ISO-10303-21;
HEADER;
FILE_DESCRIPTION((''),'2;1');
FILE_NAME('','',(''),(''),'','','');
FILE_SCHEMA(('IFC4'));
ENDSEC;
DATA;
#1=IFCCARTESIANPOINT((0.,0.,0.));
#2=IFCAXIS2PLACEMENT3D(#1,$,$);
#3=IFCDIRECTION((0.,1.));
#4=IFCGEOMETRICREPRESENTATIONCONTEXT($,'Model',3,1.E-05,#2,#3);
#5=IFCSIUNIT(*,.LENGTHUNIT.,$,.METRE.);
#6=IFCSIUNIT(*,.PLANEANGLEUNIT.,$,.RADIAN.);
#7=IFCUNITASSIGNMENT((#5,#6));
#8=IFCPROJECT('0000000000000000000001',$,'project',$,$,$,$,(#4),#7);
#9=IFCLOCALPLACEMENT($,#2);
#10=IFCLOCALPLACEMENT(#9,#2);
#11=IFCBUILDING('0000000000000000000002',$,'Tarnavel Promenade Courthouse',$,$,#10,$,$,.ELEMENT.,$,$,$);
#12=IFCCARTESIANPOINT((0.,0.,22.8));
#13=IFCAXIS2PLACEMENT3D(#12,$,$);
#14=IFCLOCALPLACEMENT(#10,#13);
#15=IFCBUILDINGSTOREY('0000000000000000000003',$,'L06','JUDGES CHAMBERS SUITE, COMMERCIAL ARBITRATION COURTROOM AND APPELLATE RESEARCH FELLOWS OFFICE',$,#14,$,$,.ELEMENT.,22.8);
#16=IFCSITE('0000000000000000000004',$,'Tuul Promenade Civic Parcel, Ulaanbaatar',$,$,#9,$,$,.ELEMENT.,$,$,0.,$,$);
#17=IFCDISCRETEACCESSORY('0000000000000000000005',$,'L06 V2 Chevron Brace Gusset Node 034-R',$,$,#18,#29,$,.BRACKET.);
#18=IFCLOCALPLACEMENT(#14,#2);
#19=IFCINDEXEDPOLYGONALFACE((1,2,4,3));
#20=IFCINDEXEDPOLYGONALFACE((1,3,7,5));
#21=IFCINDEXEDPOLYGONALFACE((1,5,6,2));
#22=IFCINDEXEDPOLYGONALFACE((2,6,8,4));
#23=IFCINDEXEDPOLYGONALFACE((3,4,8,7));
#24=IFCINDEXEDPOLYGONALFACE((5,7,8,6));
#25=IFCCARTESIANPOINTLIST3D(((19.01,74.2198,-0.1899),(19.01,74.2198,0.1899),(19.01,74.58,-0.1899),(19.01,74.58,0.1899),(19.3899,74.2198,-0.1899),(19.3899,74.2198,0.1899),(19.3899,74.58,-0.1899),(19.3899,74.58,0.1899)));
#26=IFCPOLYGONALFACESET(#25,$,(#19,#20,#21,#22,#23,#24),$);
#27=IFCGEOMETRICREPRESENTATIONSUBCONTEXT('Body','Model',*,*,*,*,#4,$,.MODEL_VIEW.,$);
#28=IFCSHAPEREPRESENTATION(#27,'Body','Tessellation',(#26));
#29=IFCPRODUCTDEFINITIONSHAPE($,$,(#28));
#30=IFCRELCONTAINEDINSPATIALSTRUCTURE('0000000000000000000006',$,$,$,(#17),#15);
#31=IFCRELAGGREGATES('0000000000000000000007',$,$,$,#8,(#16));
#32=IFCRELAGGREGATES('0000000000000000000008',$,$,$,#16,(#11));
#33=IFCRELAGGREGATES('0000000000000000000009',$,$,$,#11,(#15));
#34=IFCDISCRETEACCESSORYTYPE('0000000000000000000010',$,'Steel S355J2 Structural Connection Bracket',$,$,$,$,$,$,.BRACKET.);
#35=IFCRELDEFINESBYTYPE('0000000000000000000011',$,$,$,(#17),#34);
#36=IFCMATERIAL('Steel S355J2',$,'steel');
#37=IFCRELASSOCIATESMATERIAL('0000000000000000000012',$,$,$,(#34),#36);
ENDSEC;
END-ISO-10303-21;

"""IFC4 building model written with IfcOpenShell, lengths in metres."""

from ifc_helpers import new_model, si_unit, direction, frame, origin, origin_2d, place, context, subcontext, project, spatial, rectangle, extrude, material, type_object, element, save


model = new_model("IFC4")

# Units and contexts
model_context = context("Model", 3, precision=1e-05, world=origin(), true_north=direction((0.0, 1.0)))
body_context = subcontext(model_context, "Body", "Model", "MODEL_VIEW")
ifc_project = project(units=[si_unit("LENGTHUNIT", "METRE"), si_unit("PLANEANGLEUNIT", "RADIAN")], contexts=[model_context])

# Site, building, storey
site_placement = place(None, origin())
site = spatial("IfcSite", under=ifc_project, at=site_placement, Name="Tuul Promenade Civic Parcel, Ulaanbaatar", CompositionType="ELEMENT", RefElevation=0.0)
building_placement = place(site_placement, origin())
building = spatial("IfcBuilding", under=site, at=building_placement, Name="Tarnavel Promenade Courthouse", CompositionType="ELEMENT")
storey_placement = place(building_placement, frame((0.0, 0.0, 22.8)))
storey = spatial("IfcBuildingStorey", under=building, at=storey_placement, Name="L06", Description="JUDGES CHAMBERS SUITE, COMMERCIAL ARBITRATION COURTROOM AND APPELLATE RESEARCH FELLOWS OFFICE", CompositionType="ELEMENT", Elevation=22.8)

# Shared definitions
ifc_material_1 = material(Name="Steel S355J2", Category="steel")

# Discrete accessory
discrete_accessory_type = type_object("IfcDiscreteAccessoryType", Name="Steel S355J2 Structural Connection Bracket", PredefinedType="BRACKET", material=ifc_material_1)
discrete_accessory_placement = place(storey_placement, frame((19.2, 74.3999, -0.1899), z_axis=(0.0, 0.0, 1.0), x_axis=(1.0, 0.0, 0.0)))
element("IfcDiscreteAccessory", 1, at=discrete_accessory_placement, inside=storey, type_object=discrete_accessory_type, Name="L06 V2 Chevron Brace Gusset Node 034-R", PredefinedType="BRACKET", context=body_context, shape_type="SweptSolid", body=[
    extrude(rectangle(XDim=0.3799, YDim=0.3601, at=origin_2d()), origin(), (0.0, 0.0, 1.0), 0.3799),
])

save(model, "model.ifc")
